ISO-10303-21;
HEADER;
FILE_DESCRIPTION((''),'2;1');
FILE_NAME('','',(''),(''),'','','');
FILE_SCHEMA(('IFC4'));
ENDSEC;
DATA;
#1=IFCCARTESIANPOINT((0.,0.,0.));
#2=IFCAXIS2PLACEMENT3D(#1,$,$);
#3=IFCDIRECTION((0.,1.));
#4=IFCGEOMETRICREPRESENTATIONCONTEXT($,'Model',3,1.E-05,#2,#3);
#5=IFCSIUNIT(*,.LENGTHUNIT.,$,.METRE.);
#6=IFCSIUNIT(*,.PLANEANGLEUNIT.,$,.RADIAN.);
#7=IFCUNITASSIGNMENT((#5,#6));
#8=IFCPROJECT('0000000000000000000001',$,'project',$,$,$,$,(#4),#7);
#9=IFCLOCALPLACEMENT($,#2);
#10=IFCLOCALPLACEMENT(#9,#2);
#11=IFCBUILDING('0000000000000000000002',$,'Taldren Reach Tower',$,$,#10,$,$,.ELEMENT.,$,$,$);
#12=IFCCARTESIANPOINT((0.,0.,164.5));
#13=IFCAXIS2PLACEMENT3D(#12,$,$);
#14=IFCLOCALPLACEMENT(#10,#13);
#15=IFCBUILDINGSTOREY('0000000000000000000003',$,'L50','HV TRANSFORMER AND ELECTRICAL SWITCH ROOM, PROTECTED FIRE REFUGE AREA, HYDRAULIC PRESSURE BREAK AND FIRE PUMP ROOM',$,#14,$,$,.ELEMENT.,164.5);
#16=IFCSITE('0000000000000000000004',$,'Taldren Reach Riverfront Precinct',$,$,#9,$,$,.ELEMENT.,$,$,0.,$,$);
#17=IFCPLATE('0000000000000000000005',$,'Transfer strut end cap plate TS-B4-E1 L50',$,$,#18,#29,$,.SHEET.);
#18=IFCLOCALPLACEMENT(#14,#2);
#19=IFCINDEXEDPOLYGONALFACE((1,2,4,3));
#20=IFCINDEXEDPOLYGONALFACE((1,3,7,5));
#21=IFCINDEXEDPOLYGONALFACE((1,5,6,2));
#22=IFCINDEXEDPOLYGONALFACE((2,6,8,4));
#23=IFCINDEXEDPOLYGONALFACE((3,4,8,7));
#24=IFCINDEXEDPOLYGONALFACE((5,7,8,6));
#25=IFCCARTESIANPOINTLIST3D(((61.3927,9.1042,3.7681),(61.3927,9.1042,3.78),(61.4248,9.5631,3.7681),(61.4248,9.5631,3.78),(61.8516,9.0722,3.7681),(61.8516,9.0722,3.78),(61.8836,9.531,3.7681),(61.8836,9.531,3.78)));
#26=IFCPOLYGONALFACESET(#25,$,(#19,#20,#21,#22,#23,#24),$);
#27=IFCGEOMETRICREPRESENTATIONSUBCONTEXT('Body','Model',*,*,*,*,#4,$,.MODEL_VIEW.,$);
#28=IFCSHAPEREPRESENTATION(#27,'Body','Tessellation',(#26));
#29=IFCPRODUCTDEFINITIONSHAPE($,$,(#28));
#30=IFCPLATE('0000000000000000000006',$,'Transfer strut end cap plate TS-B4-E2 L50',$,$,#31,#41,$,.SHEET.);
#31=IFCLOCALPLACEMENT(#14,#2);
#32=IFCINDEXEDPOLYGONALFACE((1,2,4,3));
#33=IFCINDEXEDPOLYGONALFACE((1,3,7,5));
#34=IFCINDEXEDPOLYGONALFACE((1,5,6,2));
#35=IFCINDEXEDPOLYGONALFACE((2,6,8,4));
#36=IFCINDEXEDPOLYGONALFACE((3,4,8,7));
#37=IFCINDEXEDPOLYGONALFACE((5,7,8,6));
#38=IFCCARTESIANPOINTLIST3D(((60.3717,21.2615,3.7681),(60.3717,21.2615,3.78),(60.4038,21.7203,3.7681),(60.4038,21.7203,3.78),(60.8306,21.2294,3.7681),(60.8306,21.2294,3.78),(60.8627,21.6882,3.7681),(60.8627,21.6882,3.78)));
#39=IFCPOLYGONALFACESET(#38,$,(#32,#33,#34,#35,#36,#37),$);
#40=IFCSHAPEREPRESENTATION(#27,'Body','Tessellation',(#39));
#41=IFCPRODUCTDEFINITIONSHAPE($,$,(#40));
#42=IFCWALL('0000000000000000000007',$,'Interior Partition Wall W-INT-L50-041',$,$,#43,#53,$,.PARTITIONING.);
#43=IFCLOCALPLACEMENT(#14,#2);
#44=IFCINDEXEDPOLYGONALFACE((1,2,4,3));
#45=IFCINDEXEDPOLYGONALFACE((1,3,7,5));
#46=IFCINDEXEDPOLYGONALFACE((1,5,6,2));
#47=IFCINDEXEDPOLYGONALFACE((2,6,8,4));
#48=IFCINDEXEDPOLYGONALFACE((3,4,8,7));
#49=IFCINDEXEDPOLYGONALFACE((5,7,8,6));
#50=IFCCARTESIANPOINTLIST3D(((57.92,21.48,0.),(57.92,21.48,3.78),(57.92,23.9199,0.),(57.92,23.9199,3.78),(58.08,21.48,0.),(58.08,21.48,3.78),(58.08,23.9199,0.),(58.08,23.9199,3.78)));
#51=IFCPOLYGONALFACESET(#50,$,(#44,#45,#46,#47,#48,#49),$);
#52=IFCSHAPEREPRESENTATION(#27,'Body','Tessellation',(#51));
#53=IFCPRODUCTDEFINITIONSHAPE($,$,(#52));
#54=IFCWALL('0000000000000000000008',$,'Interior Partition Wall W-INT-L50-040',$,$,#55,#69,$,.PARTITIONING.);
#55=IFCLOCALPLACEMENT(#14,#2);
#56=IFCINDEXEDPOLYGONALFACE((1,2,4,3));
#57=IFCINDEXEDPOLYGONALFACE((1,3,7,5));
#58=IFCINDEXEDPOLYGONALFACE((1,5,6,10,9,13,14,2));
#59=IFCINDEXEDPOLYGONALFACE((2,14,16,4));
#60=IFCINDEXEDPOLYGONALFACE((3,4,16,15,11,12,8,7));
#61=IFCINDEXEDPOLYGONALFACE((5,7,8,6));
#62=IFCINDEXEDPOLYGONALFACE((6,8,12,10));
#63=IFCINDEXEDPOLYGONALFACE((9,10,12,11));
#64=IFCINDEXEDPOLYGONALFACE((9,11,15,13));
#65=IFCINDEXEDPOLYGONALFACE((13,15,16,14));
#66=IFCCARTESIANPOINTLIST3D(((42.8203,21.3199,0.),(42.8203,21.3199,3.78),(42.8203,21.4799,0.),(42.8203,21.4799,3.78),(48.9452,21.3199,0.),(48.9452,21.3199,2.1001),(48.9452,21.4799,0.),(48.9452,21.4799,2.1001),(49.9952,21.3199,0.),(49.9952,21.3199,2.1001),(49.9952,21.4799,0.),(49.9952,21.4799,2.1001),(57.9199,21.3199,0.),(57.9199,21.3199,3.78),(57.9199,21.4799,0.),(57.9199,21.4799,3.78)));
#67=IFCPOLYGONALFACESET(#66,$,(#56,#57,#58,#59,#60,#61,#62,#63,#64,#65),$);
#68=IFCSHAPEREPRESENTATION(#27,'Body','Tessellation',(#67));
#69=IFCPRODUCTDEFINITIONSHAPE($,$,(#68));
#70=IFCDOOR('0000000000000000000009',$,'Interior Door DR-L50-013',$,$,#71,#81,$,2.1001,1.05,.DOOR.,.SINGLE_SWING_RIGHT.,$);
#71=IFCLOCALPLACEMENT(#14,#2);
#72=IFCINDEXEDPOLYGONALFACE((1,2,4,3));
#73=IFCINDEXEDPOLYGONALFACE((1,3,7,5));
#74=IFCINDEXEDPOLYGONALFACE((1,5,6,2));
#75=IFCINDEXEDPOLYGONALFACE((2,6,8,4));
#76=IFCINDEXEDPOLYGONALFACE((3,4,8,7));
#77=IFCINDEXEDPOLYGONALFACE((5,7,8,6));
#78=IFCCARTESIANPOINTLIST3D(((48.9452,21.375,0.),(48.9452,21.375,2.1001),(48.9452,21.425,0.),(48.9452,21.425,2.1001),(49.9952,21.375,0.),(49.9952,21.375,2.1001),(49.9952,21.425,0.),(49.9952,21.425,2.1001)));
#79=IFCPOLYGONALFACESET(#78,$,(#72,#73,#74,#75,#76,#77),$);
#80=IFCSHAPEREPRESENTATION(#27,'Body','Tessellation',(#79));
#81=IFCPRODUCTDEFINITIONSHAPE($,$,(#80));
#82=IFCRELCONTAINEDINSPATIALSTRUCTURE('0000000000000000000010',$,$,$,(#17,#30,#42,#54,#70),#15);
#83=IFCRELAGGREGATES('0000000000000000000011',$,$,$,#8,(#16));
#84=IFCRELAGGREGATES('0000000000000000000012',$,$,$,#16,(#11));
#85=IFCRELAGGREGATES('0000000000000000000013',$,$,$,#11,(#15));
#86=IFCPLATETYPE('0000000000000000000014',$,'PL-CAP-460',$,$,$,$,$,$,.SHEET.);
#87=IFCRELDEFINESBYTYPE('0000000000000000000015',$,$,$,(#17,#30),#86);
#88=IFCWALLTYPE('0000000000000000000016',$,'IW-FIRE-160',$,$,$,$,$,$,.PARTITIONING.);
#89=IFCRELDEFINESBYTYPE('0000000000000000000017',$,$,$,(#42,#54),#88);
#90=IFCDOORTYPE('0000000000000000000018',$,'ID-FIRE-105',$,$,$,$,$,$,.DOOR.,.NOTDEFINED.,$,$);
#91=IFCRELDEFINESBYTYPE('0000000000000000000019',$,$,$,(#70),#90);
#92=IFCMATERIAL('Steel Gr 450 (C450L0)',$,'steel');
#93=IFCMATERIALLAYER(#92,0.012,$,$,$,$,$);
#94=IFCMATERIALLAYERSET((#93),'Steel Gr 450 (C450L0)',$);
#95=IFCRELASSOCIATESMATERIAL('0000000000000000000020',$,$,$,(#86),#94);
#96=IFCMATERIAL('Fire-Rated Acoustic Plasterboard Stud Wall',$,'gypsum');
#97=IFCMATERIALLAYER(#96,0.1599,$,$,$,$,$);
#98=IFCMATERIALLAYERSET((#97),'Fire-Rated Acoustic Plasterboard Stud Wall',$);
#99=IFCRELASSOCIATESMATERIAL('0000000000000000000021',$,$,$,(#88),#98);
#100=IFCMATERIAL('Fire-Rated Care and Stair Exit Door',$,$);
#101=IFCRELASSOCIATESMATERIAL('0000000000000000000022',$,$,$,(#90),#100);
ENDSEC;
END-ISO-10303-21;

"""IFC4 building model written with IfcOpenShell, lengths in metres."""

from ifc_helpers import new_model, si_unit, direction, frame, frame_2d, origin, origin_2d, place, context, subcontext, project, spatial, rectangle, extrude, source, transform, mapped, material, layer, layer_set, type_object, element, fill, save


model = new_model("IFC4")

# Units and contexts
model_context = context("Model", 3, precision=1e-05, world=origin(), true_north=direction((0.0, 1.0)))
body_context = subcontext(model_context, "Body", "Model", "MODEL_VIEW")
ifc_project = project(units=[si_unit("LENGTHUNIT", "METRE"), si_unit("PLANEANGLEUNIT", "RADIAN")], contexts=[model_context])

# Site, building, storey
site_placement = place(None, origin())
site = spatial("IfcSite", under=ifc_project, at=site_placement, Name="Taldren Reach Riverfront Precinct", CompositionType="ELEMENT", RefElevation=0.0)
building_placement = place(site_placement, origin())
building = spatial("IfcBuilding", under=site, at=building_placement, Name="Taldren Reach Tower", CompositionType="ELEMENT")
storey_placement = place(building_placement, frame((0.0, 0.0, 164.5)))
storey = spatial("IfcBuildingStorey", under=building, at=storey_placement, Name="L50", Description="HV TRANSFORMER AND ELECTRICAL SWITCH ROOM, PROTECTED FIRE REFUGE AREA, HYDRAULIC PRESSURE BREAK AND FIRE PUMP ROOM", CompositionType="ELEMENT", Elevation=164.5)

# Shared definitions
ifc_material_1 = material(Name="Steel Gr 450 (C450L0)", Category="steel")

# Plates
ifc_layer_1 = layer(ifc_material_1, 0.012)
ifc_layer_set_1 = layer_set([ifc_layer_1], Name="Steel Gr 450 (C450L0)")
plate_type_1 = type_object("IfcPlateType", Name="PL-CAP-460", PredefinedType="SHEET", material=ifc_layer_set_1)
shared_shape_1 = source(origin(), body_context, "Body", "SweptSolid", [
    extrude(rectangle(XDim=0.46, YDim=0.46, at=origin_2d()), origin(), (0.0, 0.0, 1.0), 0.012),
])
for number, where, z_axis, x_axis, name in (
    (1, (61.6382, 9.3176, 3.7681), (0.0, 0.0, 1.0), (0.997564, -0.069756, 0.0), "Transfer strut end cap plate TS-B4-E1 L50"),
    (2, (60.6172, 21.4749, 3.7681), (0.0, 0.0, 1.0), (0.997564, -0.069756, 0.0), "Transfer strut end cap plate TS-B4-E2 L50"),
):
    element("IfcPlate", number, at=place(storey_placement, frame(where, z_axis=z_axis, x_axis=x_axis)), inside=storey, type_object=plate_type_1, Name=name, PredefinedType="SHEET", context=body_context, shape_type="MappedRepresentation", body=[
        mapped(shared_shape_1, transform((0.0, 0.0, 0.0), scale=1.0)),
    ])

# Wall
ifc_material_2 = material(Name="Fire-Rated Acoustic Plasterboard Stud Wall", Category="gypsum")
ifc_layer_2 = layer(ifc_material_2, 0.1599)
ifc_layer_set_2 = layer_set([ifc_layer_2], Name="Fire-Rated Acoustic Plasterboard Stud Wall")
wall_type = type_object("IfcWallType", Name="IW-FIRE-160", PredefinedType="PARTITIONING", material=ifc_layer_set_2)
shared_shape_2 = source(origin(), body_context, "Body", "SweptSolid", [
    extrude(rectangle(XDim=2.4399, YDim=0.1599, at=frame_2d((1.22, 0.0))), origin(), (0.0, 0.0, 1.0), 3.78),
])
wall_1_placement = place(storey_placement, frame((58.0, 23.9199, 0.0), z_axis=(0.0, 0.0, 1.0), x_axis=(0.0, -1.0, 0.0)))
element("IfcWall", 3, at=wall_1_placement, inside=storey, type_object=wall_type, Name="Interior Partition Wall W-INT-L50-041", PredefinedType="PARTITIONING", context=body_context, shape_type="MappedRepresentation", body=[
    mapped(shared_shape_2, transform((0.0, 0.0, 0.0), scale=1.0)),
])

# Wall, opening, door
shared_shape_3 = source(origin(), body_context, "Body", "SweptSolid", [
    extrude(rectangle(XDim=15.0996, YDim=0.1599, at=frame_2d((7.5498, 0.0))), origin(), (0.0, 0.0, 1.0), 3.78),
])
wall_2_placement = place(storey_placement, frame((57.9199, 21.3999, 0.0), z_axis=(0.0, 0.0, 1.0), x_axis=(-1.0, 0.0, 0.0)))
wall_2 = element("IfcWall", 4, at=wall_2_placement, inside=storey, type_object=wall_type, Name="Interior Partition Wall W-INT-L50-040", PredefinedType="PARTITIONING", context=body_context, shape_type="MappedRepresentation", body=[
    mapped(shared_shape_3, transform((0.0, 0.0, 0.0), scale=1.0)),
])
shared_shape_4 = source(origin(), body_context, "Body", "SweptSolid", [
    extrude(rectangle(XDim=1.05, YDim=2.1001, at=frame_2d((0.5249, 1.05))), frame((0.0, 0.0898, 0.0), z_axis=(0.0, -1.0, 0.0), x_axis=(1.0, 0.0, 0.0)), (0.0, 0.0, 1.0), 0.1799),
])
opening_placement = place(wall_2_placement, frame((7.9248, 0.0, 0.0)))
opening = element("IfcOpeningElement", 5, at=opening_placement, cuts=wall_2, PredefinedType="OPENING", context=body_context, shape_type="MappedRepresentation", body=[
    mapped(shared_shape_4, transform((0.0, 0.0, 0.0), scale=1.0)),
])
ifc_material_3 = material(Name="Fire-Rated Care and Stair Exit Door")
door_type = type_object("IfcDoorType", Name="ID-FIRE-105", OperationType="NOTDEFINED", PredefinedType="DOOR", material=ifc_material_3)
shared_shape_5 = source(origin(), body_context, "Body", "SweptSolid", [
    extrude(rectangle(XDim=1.05, YDim=2.1001, at=frame_2d((0.5249, 1.05))), frame((0.0, 0.0249, 0.0), z_axis=(0.0, -1.0, 0.0), x_axis=(1.0, 0.0, 0.0)), (0.0, 0.0, 1.0), 0.05),
])
door_placement = place(opening_placement, origin())
door = element("IfcDoor", 6, at=door_placement, inside=storey, type_object=door_type, Name="Interior Door DR-L50-013", OperationType="SINGLE_SWING_RIGHT", OverallHeight=2.1001, OverallWidth=1.05, PredefinedType="DOOR", context=body_context, shape_type="MappedRepresentation", body=[
    mapped(shared_shape_5, transform((0.0, 0.0, 0.0), scale=1.0)),
])
fill(opening, door)

save(model, "model.ifc")
